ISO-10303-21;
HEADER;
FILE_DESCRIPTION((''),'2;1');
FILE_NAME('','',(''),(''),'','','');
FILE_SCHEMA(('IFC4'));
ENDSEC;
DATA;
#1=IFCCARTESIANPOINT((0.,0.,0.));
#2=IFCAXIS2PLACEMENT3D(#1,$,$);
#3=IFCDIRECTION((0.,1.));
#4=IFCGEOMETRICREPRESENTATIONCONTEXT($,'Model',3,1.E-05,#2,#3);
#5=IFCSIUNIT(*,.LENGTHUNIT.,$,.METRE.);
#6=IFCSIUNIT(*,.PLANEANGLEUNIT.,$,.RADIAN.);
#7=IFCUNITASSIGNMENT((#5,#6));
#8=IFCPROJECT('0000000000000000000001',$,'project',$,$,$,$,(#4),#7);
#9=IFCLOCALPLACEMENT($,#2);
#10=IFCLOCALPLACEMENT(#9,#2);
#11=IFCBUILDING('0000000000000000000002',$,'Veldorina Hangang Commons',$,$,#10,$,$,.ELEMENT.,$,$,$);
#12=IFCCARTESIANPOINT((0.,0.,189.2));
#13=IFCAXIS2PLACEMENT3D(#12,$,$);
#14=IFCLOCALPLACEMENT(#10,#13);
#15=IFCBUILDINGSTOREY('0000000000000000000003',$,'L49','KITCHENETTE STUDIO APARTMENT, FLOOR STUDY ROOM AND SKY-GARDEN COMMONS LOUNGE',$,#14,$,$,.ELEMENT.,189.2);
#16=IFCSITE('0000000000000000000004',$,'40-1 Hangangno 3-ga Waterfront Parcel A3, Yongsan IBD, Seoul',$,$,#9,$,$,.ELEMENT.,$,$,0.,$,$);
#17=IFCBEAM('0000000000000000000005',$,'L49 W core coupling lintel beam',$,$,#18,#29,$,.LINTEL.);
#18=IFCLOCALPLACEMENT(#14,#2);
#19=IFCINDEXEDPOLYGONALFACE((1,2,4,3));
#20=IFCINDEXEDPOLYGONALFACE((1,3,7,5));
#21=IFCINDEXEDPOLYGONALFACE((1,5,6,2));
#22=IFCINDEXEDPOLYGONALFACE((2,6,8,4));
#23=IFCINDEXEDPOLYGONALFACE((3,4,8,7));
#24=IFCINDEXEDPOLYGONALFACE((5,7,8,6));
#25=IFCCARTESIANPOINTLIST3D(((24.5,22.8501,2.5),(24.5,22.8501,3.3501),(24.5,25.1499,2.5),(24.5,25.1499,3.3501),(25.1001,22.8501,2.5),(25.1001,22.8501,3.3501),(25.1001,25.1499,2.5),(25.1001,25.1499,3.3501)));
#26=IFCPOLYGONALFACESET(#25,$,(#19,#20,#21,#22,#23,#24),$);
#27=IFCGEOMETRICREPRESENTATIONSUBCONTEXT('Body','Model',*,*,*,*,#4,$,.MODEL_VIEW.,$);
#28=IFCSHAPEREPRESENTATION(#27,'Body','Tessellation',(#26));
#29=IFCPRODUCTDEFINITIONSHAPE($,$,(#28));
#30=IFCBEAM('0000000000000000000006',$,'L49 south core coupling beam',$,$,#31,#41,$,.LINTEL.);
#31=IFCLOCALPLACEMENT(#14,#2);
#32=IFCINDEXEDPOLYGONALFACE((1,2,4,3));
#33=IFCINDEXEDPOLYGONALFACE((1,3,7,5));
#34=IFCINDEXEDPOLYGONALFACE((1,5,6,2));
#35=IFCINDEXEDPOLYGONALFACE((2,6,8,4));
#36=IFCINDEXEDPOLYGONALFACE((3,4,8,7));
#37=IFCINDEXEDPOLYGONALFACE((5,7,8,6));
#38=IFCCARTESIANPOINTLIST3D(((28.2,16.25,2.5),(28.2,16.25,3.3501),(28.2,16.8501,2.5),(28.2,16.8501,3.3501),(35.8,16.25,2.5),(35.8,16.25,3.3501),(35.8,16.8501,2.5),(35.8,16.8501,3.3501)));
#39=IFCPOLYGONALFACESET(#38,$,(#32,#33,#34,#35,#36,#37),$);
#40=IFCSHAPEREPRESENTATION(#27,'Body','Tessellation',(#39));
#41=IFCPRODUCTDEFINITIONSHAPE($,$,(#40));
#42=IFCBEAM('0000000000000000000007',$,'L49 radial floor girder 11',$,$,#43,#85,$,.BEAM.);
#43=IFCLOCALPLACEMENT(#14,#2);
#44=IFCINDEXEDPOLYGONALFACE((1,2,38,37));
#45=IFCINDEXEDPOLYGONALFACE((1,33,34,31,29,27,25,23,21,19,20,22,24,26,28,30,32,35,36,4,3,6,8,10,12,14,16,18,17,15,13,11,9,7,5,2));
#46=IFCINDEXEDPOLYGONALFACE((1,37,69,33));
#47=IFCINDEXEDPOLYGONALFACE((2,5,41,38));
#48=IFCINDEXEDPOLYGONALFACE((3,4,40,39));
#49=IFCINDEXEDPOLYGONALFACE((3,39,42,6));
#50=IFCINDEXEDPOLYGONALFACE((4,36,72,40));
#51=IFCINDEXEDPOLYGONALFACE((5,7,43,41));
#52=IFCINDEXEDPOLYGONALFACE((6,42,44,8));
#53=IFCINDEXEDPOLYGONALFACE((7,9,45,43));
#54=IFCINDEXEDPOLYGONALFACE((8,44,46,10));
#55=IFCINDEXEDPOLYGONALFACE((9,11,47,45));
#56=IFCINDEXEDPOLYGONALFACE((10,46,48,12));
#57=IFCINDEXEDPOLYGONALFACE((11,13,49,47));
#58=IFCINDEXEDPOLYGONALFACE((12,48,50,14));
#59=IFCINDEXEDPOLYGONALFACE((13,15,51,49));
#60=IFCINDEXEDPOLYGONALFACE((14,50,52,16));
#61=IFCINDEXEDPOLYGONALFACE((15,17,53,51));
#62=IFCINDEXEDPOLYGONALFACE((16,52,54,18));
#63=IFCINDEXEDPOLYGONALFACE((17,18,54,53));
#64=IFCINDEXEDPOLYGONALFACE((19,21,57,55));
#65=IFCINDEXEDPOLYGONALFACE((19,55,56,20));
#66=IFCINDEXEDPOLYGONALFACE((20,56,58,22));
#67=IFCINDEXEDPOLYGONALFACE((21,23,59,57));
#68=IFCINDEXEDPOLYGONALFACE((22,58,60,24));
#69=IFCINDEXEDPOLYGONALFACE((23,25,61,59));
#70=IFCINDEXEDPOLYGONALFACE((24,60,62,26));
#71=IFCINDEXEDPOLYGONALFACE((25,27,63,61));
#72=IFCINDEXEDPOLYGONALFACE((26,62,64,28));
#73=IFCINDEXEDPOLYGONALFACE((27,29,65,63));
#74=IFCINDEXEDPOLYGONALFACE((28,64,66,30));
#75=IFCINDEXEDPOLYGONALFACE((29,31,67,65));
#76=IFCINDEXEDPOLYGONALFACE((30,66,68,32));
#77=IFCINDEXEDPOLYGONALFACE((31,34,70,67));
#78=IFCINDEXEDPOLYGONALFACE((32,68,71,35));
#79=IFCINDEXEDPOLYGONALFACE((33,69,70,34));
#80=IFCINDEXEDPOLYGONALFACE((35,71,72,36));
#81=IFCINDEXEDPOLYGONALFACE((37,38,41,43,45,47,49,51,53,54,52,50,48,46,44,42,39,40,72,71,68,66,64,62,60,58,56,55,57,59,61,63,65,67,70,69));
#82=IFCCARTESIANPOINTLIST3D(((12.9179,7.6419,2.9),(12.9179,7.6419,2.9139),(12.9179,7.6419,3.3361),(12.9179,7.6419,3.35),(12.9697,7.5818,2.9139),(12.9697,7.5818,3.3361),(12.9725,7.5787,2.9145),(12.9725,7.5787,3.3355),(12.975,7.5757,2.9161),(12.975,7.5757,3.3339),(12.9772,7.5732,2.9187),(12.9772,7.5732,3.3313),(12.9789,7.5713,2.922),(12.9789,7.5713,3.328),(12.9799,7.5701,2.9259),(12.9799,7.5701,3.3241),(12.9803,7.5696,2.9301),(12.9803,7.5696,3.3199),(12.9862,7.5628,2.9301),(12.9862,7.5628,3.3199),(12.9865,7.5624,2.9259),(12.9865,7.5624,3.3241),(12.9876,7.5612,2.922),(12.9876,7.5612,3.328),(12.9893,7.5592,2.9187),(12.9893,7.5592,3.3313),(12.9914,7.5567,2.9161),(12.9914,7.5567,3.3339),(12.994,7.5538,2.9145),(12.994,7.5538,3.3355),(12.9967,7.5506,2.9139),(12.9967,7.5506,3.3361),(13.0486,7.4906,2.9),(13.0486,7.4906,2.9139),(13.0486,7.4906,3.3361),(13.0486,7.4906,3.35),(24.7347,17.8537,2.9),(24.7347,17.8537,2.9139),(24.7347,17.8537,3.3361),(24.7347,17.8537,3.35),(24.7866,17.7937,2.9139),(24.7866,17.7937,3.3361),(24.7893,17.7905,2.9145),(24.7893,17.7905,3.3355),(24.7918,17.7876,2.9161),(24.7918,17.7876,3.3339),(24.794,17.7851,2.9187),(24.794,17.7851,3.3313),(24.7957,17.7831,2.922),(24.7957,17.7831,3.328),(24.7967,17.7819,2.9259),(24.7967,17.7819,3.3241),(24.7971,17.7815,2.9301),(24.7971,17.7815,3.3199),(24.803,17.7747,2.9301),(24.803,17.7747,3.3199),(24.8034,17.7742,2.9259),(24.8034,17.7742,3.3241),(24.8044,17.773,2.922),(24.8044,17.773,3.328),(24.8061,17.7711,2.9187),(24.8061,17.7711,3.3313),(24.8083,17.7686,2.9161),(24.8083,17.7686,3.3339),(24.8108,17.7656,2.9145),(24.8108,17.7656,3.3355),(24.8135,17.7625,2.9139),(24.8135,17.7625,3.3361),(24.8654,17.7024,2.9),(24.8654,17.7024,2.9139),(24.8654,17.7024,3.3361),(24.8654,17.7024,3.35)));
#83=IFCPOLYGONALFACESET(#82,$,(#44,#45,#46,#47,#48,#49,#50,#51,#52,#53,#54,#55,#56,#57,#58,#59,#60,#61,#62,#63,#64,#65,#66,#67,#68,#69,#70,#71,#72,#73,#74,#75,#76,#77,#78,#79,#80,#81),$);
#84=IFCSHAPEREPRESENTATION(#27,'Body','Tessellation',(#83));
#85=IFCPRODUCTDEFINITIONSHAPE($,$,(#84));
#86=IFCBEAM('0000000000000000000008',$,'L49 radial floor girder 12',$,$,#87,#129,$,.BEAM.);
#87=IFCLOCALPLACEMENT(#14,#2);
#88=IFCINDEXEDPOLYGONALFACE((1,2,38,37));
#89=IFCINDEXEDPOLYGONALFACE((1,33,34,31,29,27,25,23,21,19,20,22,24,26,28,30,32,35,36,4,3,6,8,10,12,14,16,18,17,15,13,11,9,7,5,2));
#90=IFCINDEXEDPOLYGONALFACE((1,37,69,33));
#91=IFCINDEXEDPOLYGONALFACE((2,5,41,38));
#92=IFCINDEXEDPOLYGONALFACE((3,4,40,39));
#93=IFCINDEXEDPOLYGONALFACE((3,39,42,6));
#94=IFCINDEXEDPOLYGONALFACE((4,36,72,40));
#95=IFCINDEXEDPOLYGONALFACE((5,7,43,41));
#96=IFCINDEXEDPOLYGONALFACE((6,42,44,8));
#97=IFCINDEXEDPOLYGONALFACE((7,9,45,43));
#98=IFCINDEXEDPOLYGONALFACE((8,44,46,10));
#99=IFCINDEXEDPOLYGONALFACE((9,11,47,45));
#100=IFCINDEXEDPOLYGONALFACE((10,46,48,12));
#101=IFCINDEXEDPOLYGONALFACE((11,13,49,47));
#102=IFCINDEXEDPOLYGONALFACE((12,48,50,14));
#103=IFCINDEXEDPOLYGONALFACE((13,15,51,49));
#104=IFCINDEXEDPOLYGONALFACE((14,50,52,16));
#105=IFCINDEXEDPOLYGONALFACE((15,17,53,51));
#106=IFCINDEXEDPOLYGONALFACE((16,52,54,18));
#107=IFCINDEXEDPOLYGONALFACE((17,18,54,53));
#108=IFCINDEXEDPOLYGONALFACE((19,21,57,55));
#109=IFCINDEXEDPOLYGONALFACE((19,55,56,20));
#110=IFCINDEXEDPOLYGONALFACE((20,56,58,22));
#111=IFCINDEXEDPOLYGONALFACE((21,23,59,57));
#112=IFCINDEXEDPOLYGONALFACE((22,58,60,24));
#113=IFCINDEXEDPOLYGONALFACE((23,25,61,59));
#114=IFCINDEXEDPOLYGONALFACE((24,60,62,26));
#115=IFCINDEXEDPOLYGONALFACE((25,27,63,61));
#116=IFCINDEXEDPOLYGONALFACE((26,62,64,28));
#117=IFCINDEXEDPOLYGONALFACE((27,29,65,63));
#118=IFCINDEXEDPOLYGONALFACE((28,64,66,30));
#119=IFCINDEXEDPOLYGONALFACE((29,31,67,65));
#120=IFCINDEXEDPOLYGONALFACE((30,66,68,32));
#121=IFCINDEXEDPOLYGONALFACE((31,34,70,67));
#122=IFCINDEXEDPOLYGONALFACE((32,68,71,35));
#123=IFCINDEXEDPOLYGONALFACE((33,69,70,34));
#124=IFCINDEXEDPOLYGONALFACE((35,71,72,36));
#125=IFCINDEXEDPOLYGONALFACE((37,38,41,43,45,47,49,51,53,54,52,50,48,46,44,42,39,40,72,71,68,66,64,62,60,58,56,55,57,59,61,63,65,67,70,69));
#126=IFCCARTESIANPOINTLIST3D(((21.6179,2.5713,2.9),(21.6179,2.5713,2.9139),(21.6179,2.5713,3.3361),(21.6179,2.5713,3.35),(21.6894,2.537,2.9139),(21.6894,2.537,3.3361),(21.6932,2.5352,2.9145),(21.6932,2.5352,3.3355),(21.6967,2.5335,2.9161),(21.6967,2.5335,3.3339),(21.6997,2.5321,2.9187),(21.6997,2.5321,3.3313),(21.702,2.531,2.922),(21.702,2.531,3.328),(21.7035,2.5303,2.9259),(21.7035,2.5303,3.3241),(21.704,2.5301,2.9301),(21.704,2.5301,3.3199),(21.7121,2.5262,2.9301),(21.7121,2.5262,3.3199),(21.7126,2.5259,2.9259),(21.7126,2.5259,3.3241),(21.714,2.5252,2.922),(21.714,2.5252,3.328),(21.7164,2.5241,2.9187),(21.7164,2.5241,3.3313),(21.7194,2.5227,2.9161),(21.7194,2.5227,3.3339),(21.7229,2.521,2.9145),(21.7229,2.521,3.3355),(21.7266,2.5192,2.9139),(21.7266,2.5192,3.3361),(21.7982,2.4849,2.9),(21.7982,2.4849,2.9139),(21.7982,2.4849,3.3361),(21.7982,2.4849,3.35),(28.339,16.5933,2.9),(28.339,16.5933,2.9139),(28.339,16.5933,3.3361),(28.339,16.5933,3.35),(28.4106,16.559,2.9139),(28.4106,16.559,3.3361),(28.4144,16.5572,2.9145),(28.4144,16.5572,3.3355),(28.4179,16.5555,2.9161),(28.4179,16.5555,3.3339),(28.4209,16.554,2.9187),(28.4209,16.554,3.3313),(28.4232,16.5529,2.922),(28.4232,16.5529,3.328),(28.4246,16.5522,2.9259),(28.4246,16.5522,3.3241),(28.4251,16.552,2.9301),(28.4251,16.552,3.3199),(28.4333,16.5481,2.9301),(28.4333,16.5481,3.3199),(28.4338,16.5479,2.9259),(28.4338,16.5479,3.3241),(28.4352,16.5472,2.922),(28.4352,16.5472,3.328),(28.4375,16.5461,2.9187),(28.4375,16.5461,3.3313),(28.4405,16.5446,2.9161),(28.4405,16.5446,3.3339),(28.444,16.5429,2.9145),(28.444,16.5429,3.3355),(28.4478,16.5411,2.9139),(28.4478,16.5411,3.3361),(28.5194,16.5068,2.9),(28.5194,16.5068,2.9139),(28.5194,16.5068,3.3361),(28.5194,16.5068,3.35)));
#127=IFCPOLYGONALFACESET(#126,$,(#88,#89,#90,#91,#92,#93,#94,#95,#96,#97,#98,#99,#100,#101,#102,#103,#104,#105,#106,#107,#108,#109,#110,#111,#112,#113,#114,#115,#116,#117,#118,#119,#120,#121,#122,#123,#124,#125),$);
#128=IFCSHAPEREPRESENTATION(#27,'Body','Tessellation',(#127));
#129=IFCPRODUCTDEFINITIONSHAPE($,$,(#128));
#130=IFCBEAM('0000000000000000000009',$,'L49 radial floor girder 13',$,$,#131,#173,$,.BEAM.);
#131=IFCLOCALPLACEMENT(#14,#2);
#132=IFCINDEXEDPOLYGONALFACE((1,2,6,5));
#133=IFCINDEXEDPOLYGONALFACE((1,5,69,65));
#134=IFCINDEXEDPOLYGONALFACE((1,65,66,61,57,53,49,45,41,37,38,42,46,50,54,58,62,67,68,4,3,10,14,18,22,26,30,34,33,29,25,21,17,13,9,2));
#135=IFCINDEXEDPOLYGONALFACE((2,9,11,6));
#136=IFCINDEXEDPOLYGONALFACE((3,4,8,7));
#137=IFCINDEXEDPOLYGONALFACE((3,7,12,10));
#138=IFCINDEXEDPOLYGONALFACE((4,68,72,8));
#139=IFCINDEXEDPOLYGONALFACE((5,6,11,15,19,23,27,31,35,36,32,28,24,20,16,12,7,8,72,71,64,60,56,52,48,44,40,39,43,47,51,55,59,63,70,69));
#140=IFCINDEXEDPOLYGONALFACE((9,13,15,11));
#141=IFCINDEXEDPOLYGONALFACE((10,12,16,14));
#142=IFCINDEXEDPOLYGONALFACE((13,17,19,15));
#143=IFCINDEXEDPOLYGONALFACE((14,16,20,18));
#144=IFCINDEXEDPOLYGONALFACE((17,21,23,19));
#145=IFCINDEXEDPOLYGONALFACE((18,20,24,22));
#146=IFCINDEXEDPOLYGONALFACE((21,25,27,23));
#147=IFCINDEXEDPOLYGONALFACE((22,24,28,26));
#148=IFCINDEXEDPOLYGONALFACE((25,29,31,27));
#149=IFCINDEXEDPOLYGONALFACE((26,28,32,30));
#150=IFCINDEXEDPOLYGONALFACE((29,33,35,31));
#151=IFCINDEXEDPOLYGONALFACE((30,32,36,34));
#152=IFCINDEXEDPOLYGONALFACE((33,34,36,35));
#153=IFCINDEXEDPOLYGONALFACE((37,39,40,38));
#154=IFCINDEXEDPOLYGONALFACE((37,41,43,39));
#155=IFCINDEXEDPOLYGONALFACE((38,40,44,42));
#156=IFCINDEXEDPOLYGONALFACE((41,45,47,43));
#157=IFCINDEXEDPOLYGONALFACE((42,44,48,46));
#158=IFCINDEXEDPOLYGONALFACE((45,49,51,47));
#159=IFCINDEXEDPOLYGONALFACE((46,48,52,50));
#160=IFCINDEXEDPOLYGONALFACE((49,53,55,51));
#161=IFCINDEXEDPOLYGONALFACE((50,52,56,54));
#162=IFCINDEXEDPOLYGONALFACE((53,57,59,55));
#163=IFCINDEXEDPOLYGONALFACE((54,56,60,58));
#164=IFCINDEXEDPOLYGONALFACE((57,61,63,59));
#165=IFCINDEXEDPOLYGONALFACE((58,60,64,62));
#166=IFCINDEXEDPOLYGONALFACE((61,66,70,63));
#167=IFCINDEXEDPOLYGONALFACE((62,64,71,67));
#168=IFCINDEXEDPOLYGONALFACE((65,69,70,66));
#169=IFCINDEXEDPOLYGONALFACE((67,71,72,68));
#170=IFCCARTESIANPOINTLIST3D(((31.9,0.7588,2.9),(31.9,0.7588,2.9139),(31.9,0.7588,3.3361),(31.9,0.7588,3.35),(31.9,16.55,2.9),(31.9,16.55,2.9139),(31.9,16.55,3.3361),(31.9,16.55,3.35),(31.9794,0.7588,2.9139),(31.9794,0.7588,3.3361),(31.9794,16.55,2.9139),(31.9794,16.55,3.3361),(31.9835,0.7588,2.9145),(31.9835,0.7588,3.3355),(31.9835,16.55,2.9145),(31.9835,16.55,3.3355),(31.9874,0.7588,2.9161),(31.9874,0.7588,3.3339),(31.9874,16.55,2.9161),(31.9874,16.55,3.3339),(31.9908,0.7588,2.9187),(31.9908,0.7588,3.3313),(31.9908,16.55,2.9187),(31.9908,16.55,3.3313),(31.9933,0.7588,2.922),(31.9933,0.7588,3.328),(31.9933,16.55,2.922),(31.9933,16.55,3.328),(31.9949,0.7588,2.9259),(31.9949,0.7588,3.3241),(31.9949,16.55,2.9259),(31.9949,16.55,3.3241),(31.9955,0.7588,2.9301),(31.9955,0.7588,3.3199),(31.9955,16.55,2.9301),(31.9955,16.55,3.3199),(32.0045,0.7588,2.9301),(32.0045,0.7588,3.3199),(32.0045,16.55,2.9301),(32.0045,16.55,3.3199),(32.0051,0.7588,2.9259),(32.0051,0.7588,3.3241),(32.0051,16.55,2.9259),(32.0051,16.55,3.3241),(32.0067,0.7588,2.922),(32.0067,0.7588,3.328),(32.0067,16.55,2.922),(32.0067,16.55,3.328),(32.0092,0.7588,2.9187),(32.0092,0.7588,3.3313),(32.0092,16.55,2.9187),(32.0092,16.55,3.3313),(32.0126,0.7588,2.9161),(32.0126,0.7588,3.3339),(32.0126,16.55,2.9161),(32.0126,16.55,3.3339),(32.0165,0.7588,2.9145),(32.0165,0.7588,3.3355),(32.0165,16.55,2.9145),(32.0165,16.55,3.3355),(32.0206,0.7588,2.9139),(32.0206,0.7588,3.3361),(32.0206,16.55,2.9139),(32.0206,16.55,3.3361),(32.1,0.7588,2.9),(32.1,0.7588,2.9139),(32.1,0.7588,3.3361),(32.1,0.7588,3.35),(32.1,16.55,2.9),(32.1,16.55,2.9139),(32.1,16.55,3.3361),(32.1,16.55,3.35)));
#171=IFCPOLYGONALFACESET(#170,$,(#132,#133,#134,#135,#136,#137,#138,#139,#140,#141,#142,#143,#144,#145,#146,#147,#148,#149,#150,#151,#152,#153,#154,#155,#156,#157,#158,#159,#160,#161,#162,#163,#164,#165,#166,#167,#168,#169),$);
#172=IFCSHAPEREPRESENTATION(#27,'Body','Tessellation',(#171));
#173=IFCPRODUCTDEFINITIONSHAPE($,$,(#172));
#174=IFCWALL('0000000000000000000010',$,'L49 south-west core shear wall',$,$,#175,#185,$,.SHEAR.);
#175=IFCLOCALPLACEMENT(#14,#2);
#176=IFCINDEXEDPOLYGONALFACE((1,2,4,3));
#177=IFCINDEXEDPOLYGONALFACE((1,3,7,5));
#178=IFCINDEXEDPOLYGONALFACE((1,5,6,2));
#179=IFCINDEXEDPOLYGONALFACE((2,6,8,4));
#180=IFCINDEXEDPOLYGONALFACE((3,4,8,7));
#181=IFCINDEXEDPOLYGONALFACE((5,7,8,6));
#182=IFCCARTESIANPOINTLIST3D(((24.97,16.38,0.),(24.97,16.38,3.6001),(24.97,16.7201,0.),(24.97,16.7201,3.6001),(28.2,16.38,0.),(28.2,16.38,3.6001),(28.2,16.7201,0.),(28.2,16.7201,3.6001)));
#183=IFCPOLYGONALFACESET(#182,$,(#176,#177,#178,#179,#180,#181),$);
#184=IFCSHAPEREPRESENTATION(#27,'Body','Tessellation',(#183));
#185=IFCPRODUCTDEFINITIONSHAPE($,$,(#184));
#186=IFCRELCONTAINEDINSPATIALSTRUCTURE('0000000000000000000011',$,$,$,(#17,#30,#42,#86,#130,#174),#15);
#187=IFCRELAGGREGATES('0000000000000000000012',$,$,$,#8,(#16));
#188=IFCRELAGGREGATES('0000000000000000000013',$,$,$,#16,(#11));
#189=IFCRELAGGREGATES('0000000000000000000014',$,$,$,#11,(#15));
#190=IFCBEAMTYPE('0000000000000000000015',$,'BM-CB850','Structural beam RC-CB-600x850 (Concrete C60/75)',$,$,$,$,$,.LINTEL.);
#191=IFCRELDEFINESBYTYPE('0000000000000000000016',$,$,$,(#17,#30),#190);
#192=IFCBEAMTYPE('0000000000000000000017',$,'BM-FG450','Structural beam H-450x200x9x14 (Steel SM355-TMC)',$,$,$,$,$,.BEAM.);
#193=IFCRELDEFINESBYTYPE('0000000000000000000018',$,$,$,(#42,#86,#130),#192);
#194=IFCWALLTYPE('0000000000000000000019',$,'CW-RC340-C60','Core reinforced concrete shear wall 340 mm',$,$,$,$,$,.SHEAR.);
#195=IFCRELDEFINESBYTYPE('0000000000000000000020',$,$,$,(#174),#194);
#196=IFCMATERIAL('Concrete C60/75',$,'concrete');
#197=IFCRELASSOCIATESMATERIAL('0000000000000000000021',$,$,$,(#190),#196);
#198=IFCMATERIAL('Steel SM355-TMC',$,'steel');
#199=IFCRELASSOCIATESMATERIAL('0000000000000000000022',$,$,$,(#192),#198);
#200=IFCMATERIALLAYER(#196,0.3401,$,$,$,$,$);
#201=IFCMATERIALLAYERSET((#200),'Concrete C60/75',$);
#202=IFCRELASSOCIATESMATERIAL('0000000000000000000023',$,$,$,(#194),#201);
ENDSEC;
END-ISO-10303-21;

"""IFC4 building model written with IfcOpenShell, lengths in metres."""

from ifc_helpers import new_model, si_unit, direction, frame, frame_2d, origin, origin_2d, place, context, subcontext, project, spatial, rectangle, i_section, extrude, material, layer, layer_set, material_profile, profile_set, type_object, element, save


model = new_model("IFC4")

# Units and contexts
model_context = context("Model", 3, precision=1e-05, world=origin(), true_north=direction((0.0, 1.0)))
body_context = subcontext(model_context, "Body", "Model", "MODEL_VIEW")
ifc_project = project(units=[si_unit("LENGTHUNIT", "METRE"), si_unit("PLANEANGLEUNIT", "RADIAN")], contexts=[model_context])

# Site, building, storey
site_placement = place(None, origin())
site = spatial("IfcSite", under=ifc_project, at=site_placement, Name="40-1 Hangangno 3-ga Waterfront Parcel A3, Yongsan IBD, Seoul", CompositionType="ELEMENT", RefElevation=0.0)
building_placement = place(site_placement, origin())
building = spatial("IfcBuilding", under=site, at=building_placement, Name="Veldorina Hangang Commons", CompositionType="ELEMENT")
storey_placement = place(building_placement, frame((0.0, 0.0, 189.2)))
storey = spatial("IfcBuildingStorey", under=building, at=storey_placement, Name="L49", Description="KITCHENETTE STUDIO APARTMENT, FLOOR STUDY ROOM AND SKY-GARDEN COMMONS LOUNGE", CompositionType="ELEMENT", Elevation=189.2)

# Beams
ifc_material_1 = material(Name="Concrete C60/75", Category="concrete")
ifc_material_profile_1 = material_profile(ifc_material_1, rectangle(XDim=0.6001, YDim=0.8501, at=origin_2d()), Name="RC-CB-600x850")
ifc_profile_set_1 = profile_set([ifc_material_profile_1], Name="Concrete C60/75")
beam_type_1 = type_object("IfcBeamType", Name="BM-CB850", Description="Structural beam RC-CB-600x850 (Concrete C60/75)", PredefinedType="LINTEL", material=ifc_profile_set_1)
beam_1_placement = place(storey_placement, frame((24.8, 22.8501, 2.925), z_axis=(0.0, 1.0, 0.0), x_axis=(-1.0, 0.0, 0.0)))
element("IfcBeam", 1, at=beam_1_placement, inside=storey, type_object=beam_type_1, Name="L49 W core coupling lintel beam", PredefinedType="LINTEL", context=body_context, shape_type="SweptSolid", body=[
    extrude(rectangle(XDim=0.6001, YDim=0.8501, at=origin_2d()), origin(), (0.0, 0.0, 1.0), 2.2998),
])
beam_2_placement = place(storey_placement, frame((28.2, 16.55, 2.925), z_axis=(1.0, 0.0, 0.0), x_axis=(0.0, 1.0, 0.0)))
element("IfcBeam", 2, at=beam_2_placement, inside=storey, type_object=beam_type_1, Name="L49 south core coupling beam", PredefinedType="LINTEL", context=body_context, shape_type="SweptSolid", body=[
    extrude(rectangle(XDim=0.6001, YDim=0.8501, at=origin_2d()), origin(), (0.0, 0.0, 1.0), 7.6001),
])
ifc_material_2 = material(Name="Steel SM355-TMC", Category="steel")
ifc_material_profile_2 = material_profile(ifc_material_2, i_section(OverallWidth=0.2, OverallDepth=0.45, WebThickness=0.009, FlangeThickness=0.0139, FilletRadius=0.0161, at=origin_2d()), Name="H-450x200x9x14")
ifc_profile_set_2 = profile_set([ifc_material_profile_2], Name="Steel SM355-TMC")
beam_type_2 = type_object("IfcBeamType", Name="BM-FG450", Description="Structural beam H-450x200x9x14 (Steel SM355-TMC)", PredefinedType="BEAM", material=ifc_profile_set_2)
beam_3_placement = place(storey_placement, frame((24.8, 17.7781, 3.125), z_axis=(-0.75662, -0.653855, 0.0), x_axis=(0.653855, -0.75662, 0.0)))
element("IfcBeam", 3, at=beam_3_placement, inside=storey, type_object=beam_type_2, Name="L49 radial floor girder 11", PredefinedType="BEAM", context=body_context, shape_type="SweptSolid", body=[
    extrude(i_section(OverallWidth=0.2, OverallDepth=0.45, WebThickness=0.009, FlangeThickness=0.0139, FilletRadius=0.0161, at=origin_2d()), origin(), (0.0, 0.0, 1.0), 15.6179),
])
beam_4_placement = place(storey_placement, frame((28.4292, 16.55, 3.125), z_axis=(-0.432242, -0.901758, 0.0), x_axis=(0.901758, -0.432242, 0.0)))
element("IfcBeam", 4, at=beam_4_placement, inside=storey, type_object=beam_type_2, Name="L49 radial floor girder 12", PredefinedType="BEAM", context=body_context, shape_type="SweptSolid", body=[
    extrude(i_section(OverallWidth=0.2, OverallDepth=0.45, WebThickness=0.009, FlangeThickness=0.0139, FilletRadius=0.0161, at=origin_2d()), origin(), (0.0, 0.0, 1.0), 15.5496),
])
beam_5_placement = place(storey_placement, frame((32.0, 16.55, 3.125), z_axis=(0.0, -1.0, 0.0), x_axis=(1.0, 0.0, 0.0)))
element("IfcBeam", 5, at=beam_5_placement, inside=storey, type_object=beam_type_2, Name="L49 radial floor girder 13", PredefinedType="BEAM", context=body_context, shape_type="SweptSolid", body=[
    extrude(i_section(OverallWidth=0.2, OverallDepth=0.45, WebThickness=0.009, FlangeThickness=0.0139, FilletRadius=0.0161, at=origin_2d()), origin(), (0.0, 0.0, 1.0), 15.7913),
])

# Wall
ifc_layer_1 = layer(ifc_material_1, 0.3401)
ifc_layer_set_1 = layer_set([ifc_layer_1], Name="Concrete C60/75")
wall_type_1 = type_object("IfcWallType", Name="CW-RC340-C60", Description="Core reinforced concrete shear wall 340 mm", PredefinedType="SHEAR", material=ifc_layer_set_1)
wall_1_placement = place(storey_placement, frame((24.97, 16.55, 0.0), z_axis=(0.0, 0.0, 1.0), x_axis=(1.0, 0.0, 0.0)))
element("IfcWall", 6, at=wall_1_placement, inside=storey, type_object=wall_type_1, Name="L49 south-west core shear wall", PredefinedType="SHEAR", context=body_context, shape_type="SweptSolid", body=[
    extrude(rectangle(XDim=3.23, YDim=0.3401, at=frame_2d((1.615, 0.0))), origin(), (0.0, 0.0, 1.0), 3.6001),
])

save(model, "model.ifc")
